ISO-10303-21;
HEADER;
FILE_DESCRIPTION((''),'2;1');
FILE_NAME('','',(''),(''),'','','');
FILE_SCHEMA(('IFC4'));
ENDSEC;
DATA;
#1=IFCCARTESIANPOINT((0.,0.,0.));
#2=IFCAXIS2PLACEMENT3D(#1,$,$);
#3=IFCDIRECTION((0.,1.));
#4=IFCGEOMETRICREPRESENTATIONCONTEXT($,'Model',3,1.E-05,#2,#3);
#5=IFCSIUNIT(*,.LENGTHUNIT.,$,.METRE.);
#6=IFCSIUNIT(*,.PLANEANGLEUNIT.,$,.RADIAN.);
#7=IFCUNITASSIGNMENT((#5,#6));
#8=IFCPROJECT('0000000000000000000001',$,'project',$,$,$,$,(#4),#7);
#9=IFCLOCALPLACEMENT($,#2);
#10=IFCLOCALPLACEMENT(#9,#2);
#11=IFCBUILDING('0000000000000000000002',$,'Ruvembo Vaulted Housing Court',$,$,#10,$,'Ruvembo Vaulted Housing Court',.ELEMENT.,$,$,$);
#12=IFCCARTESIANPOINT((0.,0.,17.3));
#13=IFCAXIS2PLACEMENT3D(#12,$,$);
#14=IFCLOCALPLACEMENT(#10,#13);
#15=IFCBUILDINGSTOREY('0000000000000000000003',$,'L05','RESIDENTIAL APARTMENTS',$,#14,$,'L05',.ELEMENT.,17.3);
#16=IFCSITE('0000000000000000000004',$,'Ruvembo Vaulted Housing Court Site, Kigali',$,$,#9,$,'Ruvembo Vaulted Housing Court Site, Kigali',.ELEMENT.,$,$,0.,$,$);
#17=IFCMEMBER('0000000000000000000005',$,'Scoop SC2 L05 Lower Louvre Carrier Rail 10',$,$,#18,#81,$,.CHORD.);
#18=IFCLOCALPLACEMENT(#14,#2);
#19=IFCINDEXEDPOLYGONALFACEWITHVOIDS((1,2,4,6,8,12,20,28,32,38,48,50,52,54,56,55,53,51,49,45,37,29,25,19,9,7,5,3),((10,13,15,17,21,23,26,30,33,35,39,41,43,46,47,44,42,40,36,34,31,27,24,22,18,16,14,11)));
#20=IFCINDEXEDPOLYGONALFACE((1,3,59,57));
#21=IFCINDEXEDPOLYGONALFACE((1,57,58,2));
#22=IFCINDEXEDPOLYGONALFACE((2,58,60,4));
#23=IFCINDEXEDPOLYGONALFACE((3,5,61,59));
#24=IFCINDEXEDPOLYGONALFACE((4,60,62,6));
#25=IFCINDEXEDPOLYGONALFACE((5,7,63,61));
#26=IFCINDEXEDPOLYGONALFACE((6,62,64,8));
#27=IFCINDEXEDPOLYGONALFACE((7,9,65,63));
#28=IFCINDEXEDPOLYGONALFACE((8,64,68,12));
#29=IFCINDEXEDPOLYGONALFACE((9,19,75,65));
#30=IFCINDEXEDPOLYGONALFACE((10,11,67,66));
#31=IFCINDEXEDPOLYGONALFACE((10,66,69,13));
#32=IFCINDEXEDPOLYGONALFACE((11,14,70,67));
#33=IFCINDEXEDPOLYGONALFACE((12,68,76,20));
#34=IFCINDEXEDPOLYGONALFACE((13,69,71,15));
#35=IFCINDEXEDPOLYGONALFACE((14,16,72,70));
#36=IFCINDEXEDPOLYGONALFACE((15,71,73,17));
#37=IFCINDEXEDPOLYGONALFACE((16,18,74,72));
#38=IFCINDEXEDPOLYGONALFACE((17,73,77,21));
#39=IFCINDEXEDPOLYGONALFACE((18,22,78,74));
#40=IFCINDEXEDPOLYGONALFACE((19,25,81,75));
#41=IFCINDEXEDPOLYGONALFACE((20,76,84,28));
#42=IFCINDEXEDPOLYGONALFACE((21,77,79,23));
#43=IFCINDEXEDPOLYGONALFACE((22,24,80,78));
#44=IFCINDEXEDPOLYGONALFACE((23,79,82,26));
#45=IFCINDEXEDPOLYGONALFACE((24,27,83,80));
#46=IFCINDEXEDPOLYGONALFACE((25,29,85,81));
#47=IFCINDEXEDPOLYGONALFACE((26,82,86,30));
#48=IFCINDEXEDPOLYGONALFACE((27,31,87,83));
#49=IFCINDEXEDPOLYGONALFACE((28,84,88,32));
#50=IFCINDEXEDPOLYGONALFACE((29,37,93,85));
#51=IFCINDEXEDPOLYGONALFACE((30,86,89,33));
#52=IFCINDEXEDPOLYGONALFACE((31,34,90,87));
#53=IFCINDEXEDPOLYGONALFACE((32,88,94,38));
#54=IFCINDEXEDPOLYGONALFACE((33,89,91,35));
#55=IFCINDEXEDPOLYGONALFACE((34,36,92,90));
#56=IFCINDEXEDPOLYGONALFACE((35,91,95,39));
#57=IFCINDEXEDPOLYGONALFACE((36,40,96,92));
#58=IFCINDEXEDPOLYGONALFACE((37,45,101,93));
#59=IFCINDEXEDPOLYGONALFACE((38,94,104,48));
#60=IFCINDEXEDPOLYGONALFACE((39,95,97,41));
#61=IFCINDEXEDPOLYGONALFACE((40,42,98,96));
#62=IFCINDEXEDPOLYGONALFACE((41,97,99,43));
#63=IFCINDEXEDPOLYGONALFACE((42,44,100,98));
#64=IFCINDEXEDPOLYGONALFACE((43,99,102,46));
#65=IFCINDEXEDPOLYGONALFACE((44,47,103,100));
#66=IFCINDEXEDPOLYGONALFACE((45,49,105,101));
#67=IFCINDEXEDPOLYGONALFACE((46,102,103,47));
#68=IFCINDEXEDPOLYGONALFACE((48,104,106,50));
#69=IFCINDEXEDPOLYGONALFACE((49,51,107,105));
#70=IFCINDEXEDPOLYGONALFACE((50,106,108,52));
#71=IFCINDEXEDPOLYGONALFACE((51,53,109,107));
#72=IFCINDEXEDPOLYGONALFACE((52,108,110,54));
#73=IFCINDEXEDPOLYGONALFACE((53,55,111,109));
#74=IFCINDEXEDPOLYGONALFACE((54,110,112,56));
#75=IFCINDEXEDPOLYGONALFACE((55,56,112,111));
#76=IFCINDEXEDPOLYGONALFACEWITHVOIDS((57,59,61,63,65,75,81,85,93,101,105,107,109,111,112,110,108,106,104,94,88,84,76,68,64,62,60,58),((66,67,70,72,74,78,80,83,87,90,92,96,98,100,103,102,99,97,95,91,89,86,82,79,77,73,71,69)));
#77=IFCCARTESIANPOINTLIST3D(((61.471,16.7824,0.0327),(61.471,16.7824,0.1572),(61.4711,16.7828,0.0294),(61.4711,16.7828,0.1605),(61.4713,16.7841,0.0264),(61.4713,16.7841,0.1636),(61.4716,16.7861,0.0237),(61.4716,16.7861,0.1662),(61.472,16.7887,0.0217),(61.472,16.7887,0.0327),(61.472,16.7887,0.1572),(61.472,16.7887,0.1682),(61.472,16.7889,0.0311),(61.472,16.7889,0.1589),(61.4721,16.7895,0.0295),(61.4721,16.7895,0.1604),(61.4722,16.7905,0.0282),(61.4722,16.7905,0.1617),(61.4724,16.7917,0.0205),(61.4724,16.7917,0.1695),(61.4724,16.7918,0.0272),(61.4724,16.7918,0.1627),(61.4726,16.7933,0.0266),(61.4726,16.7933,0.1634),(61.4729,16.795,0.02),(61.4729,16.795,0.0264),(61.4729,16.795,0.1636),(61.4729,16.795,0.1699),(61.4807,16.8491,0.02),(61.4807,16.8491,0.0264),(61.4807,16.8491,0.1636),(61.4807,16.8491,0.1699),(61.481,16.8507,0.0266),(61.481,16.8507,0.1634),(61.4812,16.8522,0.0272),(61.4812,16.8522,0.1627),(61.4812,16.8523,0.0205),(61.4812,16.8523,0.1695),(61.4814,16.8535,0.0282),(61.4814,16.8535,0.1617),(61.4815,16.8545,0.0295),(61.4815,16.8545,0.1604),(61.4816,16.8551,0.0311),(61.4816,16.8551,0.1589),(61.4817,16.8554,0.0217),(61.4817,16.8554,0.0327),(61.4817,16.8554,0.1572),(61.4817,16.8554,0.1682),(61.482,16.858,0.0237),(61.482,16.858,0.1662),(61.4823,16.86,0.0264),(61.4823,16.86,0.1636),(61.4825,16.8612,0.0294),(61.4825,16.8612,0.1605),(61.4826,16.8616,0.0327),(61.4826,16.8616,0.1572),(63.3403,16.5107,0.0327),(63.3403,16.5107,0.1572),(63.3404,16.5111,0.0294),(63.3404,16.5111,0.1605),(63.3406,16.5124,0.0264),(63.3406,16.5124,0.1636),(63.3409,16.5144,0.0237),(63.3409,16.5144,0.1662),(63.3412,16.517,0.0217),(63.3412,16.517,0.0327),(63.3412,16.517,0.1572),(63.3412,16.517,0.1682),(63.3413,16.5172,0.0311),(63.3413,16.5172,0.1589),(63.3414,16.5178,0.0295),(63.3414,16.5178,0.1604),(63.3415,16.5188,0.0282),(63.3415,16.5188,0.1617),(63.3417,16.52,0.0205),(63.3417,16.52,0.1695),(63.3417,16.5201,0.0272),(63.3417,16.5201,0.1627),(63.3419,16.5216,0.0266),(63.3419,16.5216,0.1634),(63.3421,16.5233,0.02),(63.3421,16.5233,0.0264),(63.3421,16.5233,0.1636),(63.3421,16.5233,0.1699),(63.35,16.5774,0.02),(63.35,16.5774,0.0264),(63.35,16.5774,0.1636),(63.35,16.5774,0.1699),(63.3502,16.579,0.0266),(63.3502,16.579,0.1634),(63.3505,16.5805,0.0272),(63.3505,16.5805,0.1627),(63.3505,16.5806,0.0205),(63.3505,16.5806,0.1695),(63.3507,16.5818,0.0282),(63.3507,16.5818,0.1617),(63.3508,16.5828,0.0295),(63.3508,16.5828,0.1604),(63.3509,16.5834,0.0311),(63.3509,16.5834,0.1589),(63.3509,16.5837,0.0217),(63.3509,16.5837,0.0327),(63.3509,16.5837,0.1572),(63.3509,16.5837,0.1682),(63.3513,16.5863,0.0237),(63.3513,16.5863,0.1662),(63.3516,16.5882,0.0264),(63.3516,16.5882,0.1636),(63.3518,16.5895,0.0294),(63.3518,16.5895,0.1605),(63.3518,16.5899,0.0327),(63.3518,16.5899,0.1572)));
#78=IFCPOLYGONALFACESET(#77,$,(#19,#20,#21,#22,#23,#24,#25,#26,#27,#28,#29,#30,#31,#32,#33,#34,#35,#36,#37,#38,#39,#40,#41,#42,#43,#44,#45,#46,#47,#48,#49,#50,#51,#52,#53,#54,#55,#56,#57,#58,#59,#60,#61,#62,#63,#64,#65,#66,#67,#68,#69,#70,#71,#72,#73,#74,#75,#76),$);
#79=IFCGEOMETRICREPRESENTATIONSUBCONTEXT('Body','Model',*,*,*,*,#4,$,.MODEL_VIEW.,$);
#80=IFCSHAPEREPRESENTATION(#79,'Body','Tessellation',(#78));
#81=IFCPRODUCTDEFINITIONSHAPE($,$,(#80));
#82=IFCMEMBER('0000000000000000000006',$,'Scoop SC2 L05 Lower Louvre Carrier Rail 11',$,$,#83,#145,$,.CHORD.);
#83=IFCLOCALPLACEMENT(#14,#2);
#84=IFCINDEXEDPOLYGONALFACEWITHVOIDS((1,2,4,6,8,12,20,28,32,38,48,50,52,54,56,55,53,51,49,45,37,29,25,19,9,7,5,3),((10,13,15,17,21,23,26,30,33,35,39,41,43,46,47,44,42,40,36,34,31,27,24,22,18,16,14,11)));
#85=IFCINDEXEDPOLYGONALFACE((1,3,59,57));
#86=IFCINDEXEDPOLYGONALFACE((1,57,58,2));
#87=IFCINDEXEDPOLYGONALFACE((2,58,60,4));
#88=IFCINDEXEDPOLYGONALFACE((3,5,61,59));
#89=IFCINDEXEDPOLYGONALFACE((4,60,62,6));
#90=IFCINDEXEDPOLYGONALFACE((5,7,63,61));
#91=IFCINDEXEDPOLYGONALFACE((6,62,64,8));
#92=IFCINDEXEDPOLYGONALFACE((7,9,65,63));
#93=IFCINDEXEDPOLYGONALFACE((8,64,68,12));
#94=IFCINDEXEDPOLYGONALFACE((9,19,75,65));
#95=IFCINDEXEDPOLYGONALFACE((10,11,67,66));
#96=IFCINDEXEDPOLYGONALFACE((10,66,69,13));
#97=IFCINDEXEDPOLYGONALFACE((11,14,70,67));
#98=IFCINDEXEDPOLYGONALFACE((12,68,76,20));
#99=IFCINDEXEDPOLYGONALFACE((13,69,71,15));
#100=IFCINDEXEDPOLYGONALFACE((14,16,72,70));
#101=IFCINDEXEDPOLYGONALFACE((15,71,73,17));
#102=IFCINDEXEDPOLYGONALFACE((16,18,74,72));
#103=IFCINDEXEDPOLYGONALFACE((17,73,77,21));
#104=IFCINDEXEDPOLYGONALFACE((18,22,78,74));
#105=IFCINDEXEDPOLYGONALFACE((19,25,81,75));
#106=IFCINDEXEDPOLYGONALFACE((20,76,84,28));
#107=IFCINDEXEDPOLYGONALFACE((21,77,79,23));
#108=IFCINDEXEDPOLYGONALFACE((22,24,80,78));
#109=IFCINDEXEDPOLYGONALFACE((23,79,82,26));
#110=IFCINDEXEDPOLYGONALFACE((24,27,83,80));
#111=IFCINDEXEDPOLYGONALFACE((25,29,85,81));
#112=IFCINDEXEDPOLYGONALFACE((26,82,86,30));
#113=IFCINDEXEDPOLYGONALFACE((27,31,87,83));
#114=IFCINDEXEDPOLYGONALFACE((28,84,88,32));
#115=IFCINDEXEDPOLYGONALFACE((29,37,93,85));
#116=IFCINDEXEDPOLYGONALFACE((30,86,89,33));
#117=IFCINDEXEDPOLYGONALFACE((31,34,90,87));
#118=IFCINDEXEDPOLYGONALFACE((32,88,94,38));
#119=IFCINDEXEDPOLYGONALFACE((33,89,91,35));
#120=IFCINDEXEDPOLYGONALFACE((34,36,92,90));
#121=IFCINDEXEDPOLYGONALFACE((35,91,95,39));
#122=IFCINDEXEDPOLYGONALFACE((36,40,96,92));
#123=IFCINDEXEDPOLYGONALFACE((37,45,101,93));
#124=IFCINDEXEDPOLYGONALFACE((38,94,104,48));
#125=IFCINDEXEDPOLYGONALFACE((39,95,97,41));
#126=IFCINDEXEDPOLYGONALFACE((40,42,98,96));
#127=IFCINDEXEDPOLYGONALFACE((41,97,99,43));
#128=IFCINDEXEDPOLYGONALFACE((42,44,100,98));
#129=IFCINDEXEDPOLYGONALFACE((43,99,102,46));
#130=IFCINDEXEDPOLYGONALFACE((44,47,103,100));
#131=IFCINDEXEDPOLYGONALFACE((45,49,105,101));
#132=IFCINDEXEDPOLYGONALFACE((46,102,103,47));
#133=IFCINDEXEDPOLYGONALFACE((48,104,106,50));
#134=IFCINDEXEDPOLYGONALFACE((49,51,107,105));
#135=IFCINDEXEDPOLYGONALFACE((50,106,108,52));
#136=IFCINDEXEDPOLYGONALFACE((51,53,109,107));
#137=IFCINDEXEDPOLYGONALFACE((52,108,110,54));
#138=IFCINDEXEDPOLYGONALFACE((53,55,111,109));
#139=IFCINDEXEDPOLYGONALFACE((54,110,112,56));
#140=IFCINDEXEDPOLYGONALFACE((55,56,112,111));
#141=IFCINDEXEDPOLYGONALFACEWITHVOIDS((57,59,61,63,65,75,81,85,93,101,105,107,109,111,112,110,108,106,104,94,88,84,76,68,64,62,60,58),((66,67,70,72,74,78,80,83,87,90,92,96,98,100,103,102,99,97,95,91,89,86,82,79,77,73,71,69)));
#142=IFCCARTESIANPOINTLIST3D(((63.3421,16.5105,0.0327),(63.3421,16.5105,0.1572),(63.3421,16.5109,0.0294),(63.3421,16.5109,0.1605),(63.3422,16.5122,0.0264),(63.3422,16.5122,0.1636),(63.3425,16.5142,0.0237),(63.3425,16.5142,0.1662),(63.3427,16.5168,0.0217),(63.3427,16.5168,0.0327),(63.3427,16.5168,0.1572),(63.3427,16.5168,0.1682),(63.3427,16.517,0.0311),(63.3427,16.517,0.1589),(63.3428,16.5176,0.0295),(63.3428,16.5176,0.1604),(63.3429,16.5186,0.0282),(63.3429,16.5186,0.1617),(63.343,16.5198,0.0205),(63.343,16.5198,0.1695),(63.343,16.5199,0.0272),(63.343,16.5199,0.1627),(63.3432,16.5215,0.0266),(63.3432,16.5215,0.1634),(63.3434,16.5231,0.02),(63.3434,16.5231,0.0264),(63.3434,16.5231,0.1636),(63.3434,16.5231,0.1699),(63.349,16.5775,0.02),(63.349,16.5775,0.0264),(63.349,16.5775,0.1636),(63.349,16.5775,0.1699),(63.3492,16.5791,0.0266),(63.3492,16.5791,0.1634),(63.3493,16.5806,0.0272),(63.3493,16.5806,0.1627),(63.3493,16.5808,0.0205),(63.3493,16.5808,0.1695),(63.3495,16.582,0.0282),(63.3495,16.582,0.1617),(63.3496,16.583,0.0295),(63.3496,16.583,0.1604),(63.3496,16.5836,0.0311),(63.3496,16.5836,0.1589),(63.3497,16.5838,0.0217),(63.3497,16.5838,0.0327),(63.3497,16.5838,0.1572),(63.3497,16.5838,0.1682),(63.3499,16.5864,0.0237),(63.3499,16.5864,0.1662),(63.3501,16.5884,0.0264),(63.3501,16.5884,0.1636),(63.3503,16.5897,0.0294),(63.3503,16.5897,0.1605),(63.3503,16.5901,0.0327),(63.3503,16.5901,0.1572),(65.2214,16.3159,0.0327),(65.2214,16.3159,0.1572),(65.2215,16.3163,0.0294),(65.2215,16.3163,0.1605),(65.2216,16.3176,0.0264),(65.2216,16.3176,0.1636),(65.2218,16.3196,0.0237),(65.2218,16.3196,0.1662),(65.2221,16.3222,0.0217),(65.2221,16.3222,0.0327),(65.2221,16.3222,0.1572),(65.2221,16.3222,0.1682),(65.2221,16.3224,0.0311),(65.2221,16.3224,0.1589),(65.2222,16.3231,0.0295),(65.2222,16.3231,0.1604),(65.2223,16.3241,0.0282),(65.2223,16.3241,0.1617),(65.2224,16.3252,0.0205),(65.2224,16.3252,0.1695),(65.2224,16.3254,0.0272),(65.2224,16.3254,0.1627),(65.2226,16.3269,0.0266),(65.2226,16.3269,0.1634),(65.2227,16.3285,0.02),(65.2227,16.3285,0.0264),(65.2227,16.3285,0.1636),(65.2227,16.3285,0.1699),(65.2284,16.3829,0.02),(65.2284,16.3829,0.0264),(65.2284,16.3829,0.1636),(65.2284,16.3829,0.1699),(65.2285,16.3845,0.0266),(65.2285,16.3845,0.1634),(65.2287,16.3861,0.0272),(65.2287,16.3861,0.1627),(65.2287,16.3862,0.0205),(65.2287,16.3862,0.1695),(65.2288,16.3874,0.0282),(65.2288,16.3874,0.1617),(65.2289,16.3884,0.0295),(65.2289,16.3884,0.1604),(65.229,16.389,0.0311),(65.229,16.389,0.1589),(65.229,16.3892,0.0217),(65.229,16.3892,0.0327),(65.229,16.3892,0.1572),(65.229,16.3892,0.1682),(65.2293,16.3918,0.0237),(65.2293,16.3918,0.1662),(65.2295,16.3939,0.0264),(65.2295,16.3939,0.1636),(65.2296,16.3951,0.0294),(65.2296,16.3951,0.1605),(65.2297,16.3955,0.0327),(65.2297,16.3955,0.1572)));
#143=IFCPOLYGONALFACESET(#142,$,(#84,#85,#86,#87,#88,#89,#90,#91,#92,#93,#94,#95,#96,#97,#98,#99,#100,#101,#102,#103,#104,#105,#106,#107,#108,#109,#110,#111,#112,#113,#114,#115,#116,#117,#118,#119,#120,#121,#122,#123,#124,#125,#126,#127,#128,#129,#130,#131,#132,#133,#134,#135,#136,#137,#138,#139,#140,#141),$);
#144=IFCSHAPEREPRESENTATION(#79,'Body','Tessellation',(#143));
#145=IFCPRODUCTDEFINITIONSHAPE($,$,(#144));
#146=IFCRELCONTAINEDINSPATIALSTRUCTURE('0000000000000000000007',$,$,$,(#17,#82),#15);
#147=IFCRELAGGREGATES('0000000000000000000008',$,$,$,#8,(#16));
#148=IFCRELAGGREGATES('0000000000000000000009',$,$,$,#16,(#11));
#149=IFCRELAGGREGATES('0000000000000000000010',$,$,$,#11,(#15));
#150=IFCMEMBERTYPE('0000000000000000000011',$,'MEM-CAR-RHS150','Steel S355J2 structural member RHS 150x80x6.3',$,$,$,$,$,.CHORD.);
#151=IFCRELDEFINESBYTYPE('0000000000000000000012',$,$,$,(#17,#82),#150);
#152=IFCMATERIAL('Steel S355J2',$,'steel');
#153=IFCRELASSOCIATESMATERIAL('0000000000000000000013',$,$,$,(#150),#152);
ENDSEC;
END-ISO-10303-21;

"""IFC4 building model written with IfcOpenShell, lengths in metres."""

from ifc_helpers import new_model, si_unit, direction, frame, origin, origin_2d, place, context, subcontext, project, spatial, hollow_rectangle, extrude, material, material_profile, profile_set, type_object, element, save


model = new_model("IFC4")

# Units and contexts
model_context = context("Model", 3, precision=1e-05, world=origin(), true_north=direction((0.0, 1.0)))
body_context = subcontext(model_context, "Body", "Model", "MODEL_VIEW")
ifc_project = project(units=[si_unit("LENGTHUNIT", "METRE"), si_unit("PLANEANGLEUNIT", "RADIAN")], contexts=[model_context])

# Site, building, storey
site_placement = place(None, origin())
site = spatial("IfcSite", under=ifc_project, at=site_placement, Name="Ruvembo Vaulted Housing Court Site, Kigali", LongName="Ruvembo Vaulted Housing Court Site, Kigali", CompositionType="ELEMENT", RefElevation=0.0)
building_placement = place(site_placement, origin())
building = spatial("IfcBuilding", under=site, at=building_placement, Name="Ruvembo Vaulted Housing Court", LongName="Ruvembo Vaulted Housing Court", CompositionType="ELEMENT")
storey_placement = place(building_placement, frame((0.0, 0.0, 17.3)))
storey = spatial("IfcBuildingStorey", under=building, at=storey_placement, Name="L05", Description="RESIDENTIAL APARTMENTS", LongName="L05", CompositionType="ELEMENT", Elevation=17.3)

# Shared definitions
ifc_material_1 = material(Name="Steel S355J2", Category="steel")

# Members
ifc_material_profile_1 = material_profile(ifc_material_1, hollow_rectangle(XDim=0.0801, YDim=0.1499, WallThickness=0.0063, InnerFilletRadius=0.0063, OuterFilletRadius=0.0127, at=origin_2d()), Name="RHS 150x80x6.3")
ifc_profile_set_1 = profile_set([ifc_material_profile_1], Name="Steel S355J2")
member_type_1 = type_object("IfcMemberType", Name="MEM-CAR-RHS150", Description="Steel S355J2 structural member RHS 150x80x6.3", PredefinedType="CHORD", material=ifc_profile_set_1)
member_1_placement = place(storey_placement, frame((61.4768, 16.822, 0.095), z_axis=(0.9896, -0.143845, 0.0), x_axis=(0.143845, 0.9896, 0.0)))
element("IfcMember", 1, at=member_1_placement, inside=storey, type_object=member_type_1, Name="Scoop SC2 L05 Lower Louvre Carrier Rail 10", PredefinedType="CHORD", context=body_context, shape_type="SweptSolid", body=[
    extrude(hollow_rectangle(XDim=0.0801, YDim=0.1499, WallThickness=0.0063, InnerFilletRadius=0.0063, OuterFilletRadius=0.0127, at=origin_2d()), origin(), (0.0, 0.0, 1.0), 1.8889),
])
member_2_placement = place(storey_placement, frame((63.3462, 16.5503, 0.095), z_axis=(0.994683, -0.102983, 0.0), x_axis=(0.102983, 0.994683, 0.0)))
element("IfcMember", 2, at=member_2_placement, inside=storey, type_object=member_type_1, Name="Scoop SC2 L05 Lower Louvre Carrier Rail 11", PredefinedType="CHORD", context=body_context, shape_type="SweptSolid", body=[
    extrude(hollow_rectangle(XDim=0.0801, YDim=0.1499, WallThickness=0.0063, InnerFilletRadius=0.0063, OuterFilletRadius=0.0127, at=origin_2d()), origin(), (0.0, 0.0, 1.0), 1.8894),
])

save(model, "model.ifc")
